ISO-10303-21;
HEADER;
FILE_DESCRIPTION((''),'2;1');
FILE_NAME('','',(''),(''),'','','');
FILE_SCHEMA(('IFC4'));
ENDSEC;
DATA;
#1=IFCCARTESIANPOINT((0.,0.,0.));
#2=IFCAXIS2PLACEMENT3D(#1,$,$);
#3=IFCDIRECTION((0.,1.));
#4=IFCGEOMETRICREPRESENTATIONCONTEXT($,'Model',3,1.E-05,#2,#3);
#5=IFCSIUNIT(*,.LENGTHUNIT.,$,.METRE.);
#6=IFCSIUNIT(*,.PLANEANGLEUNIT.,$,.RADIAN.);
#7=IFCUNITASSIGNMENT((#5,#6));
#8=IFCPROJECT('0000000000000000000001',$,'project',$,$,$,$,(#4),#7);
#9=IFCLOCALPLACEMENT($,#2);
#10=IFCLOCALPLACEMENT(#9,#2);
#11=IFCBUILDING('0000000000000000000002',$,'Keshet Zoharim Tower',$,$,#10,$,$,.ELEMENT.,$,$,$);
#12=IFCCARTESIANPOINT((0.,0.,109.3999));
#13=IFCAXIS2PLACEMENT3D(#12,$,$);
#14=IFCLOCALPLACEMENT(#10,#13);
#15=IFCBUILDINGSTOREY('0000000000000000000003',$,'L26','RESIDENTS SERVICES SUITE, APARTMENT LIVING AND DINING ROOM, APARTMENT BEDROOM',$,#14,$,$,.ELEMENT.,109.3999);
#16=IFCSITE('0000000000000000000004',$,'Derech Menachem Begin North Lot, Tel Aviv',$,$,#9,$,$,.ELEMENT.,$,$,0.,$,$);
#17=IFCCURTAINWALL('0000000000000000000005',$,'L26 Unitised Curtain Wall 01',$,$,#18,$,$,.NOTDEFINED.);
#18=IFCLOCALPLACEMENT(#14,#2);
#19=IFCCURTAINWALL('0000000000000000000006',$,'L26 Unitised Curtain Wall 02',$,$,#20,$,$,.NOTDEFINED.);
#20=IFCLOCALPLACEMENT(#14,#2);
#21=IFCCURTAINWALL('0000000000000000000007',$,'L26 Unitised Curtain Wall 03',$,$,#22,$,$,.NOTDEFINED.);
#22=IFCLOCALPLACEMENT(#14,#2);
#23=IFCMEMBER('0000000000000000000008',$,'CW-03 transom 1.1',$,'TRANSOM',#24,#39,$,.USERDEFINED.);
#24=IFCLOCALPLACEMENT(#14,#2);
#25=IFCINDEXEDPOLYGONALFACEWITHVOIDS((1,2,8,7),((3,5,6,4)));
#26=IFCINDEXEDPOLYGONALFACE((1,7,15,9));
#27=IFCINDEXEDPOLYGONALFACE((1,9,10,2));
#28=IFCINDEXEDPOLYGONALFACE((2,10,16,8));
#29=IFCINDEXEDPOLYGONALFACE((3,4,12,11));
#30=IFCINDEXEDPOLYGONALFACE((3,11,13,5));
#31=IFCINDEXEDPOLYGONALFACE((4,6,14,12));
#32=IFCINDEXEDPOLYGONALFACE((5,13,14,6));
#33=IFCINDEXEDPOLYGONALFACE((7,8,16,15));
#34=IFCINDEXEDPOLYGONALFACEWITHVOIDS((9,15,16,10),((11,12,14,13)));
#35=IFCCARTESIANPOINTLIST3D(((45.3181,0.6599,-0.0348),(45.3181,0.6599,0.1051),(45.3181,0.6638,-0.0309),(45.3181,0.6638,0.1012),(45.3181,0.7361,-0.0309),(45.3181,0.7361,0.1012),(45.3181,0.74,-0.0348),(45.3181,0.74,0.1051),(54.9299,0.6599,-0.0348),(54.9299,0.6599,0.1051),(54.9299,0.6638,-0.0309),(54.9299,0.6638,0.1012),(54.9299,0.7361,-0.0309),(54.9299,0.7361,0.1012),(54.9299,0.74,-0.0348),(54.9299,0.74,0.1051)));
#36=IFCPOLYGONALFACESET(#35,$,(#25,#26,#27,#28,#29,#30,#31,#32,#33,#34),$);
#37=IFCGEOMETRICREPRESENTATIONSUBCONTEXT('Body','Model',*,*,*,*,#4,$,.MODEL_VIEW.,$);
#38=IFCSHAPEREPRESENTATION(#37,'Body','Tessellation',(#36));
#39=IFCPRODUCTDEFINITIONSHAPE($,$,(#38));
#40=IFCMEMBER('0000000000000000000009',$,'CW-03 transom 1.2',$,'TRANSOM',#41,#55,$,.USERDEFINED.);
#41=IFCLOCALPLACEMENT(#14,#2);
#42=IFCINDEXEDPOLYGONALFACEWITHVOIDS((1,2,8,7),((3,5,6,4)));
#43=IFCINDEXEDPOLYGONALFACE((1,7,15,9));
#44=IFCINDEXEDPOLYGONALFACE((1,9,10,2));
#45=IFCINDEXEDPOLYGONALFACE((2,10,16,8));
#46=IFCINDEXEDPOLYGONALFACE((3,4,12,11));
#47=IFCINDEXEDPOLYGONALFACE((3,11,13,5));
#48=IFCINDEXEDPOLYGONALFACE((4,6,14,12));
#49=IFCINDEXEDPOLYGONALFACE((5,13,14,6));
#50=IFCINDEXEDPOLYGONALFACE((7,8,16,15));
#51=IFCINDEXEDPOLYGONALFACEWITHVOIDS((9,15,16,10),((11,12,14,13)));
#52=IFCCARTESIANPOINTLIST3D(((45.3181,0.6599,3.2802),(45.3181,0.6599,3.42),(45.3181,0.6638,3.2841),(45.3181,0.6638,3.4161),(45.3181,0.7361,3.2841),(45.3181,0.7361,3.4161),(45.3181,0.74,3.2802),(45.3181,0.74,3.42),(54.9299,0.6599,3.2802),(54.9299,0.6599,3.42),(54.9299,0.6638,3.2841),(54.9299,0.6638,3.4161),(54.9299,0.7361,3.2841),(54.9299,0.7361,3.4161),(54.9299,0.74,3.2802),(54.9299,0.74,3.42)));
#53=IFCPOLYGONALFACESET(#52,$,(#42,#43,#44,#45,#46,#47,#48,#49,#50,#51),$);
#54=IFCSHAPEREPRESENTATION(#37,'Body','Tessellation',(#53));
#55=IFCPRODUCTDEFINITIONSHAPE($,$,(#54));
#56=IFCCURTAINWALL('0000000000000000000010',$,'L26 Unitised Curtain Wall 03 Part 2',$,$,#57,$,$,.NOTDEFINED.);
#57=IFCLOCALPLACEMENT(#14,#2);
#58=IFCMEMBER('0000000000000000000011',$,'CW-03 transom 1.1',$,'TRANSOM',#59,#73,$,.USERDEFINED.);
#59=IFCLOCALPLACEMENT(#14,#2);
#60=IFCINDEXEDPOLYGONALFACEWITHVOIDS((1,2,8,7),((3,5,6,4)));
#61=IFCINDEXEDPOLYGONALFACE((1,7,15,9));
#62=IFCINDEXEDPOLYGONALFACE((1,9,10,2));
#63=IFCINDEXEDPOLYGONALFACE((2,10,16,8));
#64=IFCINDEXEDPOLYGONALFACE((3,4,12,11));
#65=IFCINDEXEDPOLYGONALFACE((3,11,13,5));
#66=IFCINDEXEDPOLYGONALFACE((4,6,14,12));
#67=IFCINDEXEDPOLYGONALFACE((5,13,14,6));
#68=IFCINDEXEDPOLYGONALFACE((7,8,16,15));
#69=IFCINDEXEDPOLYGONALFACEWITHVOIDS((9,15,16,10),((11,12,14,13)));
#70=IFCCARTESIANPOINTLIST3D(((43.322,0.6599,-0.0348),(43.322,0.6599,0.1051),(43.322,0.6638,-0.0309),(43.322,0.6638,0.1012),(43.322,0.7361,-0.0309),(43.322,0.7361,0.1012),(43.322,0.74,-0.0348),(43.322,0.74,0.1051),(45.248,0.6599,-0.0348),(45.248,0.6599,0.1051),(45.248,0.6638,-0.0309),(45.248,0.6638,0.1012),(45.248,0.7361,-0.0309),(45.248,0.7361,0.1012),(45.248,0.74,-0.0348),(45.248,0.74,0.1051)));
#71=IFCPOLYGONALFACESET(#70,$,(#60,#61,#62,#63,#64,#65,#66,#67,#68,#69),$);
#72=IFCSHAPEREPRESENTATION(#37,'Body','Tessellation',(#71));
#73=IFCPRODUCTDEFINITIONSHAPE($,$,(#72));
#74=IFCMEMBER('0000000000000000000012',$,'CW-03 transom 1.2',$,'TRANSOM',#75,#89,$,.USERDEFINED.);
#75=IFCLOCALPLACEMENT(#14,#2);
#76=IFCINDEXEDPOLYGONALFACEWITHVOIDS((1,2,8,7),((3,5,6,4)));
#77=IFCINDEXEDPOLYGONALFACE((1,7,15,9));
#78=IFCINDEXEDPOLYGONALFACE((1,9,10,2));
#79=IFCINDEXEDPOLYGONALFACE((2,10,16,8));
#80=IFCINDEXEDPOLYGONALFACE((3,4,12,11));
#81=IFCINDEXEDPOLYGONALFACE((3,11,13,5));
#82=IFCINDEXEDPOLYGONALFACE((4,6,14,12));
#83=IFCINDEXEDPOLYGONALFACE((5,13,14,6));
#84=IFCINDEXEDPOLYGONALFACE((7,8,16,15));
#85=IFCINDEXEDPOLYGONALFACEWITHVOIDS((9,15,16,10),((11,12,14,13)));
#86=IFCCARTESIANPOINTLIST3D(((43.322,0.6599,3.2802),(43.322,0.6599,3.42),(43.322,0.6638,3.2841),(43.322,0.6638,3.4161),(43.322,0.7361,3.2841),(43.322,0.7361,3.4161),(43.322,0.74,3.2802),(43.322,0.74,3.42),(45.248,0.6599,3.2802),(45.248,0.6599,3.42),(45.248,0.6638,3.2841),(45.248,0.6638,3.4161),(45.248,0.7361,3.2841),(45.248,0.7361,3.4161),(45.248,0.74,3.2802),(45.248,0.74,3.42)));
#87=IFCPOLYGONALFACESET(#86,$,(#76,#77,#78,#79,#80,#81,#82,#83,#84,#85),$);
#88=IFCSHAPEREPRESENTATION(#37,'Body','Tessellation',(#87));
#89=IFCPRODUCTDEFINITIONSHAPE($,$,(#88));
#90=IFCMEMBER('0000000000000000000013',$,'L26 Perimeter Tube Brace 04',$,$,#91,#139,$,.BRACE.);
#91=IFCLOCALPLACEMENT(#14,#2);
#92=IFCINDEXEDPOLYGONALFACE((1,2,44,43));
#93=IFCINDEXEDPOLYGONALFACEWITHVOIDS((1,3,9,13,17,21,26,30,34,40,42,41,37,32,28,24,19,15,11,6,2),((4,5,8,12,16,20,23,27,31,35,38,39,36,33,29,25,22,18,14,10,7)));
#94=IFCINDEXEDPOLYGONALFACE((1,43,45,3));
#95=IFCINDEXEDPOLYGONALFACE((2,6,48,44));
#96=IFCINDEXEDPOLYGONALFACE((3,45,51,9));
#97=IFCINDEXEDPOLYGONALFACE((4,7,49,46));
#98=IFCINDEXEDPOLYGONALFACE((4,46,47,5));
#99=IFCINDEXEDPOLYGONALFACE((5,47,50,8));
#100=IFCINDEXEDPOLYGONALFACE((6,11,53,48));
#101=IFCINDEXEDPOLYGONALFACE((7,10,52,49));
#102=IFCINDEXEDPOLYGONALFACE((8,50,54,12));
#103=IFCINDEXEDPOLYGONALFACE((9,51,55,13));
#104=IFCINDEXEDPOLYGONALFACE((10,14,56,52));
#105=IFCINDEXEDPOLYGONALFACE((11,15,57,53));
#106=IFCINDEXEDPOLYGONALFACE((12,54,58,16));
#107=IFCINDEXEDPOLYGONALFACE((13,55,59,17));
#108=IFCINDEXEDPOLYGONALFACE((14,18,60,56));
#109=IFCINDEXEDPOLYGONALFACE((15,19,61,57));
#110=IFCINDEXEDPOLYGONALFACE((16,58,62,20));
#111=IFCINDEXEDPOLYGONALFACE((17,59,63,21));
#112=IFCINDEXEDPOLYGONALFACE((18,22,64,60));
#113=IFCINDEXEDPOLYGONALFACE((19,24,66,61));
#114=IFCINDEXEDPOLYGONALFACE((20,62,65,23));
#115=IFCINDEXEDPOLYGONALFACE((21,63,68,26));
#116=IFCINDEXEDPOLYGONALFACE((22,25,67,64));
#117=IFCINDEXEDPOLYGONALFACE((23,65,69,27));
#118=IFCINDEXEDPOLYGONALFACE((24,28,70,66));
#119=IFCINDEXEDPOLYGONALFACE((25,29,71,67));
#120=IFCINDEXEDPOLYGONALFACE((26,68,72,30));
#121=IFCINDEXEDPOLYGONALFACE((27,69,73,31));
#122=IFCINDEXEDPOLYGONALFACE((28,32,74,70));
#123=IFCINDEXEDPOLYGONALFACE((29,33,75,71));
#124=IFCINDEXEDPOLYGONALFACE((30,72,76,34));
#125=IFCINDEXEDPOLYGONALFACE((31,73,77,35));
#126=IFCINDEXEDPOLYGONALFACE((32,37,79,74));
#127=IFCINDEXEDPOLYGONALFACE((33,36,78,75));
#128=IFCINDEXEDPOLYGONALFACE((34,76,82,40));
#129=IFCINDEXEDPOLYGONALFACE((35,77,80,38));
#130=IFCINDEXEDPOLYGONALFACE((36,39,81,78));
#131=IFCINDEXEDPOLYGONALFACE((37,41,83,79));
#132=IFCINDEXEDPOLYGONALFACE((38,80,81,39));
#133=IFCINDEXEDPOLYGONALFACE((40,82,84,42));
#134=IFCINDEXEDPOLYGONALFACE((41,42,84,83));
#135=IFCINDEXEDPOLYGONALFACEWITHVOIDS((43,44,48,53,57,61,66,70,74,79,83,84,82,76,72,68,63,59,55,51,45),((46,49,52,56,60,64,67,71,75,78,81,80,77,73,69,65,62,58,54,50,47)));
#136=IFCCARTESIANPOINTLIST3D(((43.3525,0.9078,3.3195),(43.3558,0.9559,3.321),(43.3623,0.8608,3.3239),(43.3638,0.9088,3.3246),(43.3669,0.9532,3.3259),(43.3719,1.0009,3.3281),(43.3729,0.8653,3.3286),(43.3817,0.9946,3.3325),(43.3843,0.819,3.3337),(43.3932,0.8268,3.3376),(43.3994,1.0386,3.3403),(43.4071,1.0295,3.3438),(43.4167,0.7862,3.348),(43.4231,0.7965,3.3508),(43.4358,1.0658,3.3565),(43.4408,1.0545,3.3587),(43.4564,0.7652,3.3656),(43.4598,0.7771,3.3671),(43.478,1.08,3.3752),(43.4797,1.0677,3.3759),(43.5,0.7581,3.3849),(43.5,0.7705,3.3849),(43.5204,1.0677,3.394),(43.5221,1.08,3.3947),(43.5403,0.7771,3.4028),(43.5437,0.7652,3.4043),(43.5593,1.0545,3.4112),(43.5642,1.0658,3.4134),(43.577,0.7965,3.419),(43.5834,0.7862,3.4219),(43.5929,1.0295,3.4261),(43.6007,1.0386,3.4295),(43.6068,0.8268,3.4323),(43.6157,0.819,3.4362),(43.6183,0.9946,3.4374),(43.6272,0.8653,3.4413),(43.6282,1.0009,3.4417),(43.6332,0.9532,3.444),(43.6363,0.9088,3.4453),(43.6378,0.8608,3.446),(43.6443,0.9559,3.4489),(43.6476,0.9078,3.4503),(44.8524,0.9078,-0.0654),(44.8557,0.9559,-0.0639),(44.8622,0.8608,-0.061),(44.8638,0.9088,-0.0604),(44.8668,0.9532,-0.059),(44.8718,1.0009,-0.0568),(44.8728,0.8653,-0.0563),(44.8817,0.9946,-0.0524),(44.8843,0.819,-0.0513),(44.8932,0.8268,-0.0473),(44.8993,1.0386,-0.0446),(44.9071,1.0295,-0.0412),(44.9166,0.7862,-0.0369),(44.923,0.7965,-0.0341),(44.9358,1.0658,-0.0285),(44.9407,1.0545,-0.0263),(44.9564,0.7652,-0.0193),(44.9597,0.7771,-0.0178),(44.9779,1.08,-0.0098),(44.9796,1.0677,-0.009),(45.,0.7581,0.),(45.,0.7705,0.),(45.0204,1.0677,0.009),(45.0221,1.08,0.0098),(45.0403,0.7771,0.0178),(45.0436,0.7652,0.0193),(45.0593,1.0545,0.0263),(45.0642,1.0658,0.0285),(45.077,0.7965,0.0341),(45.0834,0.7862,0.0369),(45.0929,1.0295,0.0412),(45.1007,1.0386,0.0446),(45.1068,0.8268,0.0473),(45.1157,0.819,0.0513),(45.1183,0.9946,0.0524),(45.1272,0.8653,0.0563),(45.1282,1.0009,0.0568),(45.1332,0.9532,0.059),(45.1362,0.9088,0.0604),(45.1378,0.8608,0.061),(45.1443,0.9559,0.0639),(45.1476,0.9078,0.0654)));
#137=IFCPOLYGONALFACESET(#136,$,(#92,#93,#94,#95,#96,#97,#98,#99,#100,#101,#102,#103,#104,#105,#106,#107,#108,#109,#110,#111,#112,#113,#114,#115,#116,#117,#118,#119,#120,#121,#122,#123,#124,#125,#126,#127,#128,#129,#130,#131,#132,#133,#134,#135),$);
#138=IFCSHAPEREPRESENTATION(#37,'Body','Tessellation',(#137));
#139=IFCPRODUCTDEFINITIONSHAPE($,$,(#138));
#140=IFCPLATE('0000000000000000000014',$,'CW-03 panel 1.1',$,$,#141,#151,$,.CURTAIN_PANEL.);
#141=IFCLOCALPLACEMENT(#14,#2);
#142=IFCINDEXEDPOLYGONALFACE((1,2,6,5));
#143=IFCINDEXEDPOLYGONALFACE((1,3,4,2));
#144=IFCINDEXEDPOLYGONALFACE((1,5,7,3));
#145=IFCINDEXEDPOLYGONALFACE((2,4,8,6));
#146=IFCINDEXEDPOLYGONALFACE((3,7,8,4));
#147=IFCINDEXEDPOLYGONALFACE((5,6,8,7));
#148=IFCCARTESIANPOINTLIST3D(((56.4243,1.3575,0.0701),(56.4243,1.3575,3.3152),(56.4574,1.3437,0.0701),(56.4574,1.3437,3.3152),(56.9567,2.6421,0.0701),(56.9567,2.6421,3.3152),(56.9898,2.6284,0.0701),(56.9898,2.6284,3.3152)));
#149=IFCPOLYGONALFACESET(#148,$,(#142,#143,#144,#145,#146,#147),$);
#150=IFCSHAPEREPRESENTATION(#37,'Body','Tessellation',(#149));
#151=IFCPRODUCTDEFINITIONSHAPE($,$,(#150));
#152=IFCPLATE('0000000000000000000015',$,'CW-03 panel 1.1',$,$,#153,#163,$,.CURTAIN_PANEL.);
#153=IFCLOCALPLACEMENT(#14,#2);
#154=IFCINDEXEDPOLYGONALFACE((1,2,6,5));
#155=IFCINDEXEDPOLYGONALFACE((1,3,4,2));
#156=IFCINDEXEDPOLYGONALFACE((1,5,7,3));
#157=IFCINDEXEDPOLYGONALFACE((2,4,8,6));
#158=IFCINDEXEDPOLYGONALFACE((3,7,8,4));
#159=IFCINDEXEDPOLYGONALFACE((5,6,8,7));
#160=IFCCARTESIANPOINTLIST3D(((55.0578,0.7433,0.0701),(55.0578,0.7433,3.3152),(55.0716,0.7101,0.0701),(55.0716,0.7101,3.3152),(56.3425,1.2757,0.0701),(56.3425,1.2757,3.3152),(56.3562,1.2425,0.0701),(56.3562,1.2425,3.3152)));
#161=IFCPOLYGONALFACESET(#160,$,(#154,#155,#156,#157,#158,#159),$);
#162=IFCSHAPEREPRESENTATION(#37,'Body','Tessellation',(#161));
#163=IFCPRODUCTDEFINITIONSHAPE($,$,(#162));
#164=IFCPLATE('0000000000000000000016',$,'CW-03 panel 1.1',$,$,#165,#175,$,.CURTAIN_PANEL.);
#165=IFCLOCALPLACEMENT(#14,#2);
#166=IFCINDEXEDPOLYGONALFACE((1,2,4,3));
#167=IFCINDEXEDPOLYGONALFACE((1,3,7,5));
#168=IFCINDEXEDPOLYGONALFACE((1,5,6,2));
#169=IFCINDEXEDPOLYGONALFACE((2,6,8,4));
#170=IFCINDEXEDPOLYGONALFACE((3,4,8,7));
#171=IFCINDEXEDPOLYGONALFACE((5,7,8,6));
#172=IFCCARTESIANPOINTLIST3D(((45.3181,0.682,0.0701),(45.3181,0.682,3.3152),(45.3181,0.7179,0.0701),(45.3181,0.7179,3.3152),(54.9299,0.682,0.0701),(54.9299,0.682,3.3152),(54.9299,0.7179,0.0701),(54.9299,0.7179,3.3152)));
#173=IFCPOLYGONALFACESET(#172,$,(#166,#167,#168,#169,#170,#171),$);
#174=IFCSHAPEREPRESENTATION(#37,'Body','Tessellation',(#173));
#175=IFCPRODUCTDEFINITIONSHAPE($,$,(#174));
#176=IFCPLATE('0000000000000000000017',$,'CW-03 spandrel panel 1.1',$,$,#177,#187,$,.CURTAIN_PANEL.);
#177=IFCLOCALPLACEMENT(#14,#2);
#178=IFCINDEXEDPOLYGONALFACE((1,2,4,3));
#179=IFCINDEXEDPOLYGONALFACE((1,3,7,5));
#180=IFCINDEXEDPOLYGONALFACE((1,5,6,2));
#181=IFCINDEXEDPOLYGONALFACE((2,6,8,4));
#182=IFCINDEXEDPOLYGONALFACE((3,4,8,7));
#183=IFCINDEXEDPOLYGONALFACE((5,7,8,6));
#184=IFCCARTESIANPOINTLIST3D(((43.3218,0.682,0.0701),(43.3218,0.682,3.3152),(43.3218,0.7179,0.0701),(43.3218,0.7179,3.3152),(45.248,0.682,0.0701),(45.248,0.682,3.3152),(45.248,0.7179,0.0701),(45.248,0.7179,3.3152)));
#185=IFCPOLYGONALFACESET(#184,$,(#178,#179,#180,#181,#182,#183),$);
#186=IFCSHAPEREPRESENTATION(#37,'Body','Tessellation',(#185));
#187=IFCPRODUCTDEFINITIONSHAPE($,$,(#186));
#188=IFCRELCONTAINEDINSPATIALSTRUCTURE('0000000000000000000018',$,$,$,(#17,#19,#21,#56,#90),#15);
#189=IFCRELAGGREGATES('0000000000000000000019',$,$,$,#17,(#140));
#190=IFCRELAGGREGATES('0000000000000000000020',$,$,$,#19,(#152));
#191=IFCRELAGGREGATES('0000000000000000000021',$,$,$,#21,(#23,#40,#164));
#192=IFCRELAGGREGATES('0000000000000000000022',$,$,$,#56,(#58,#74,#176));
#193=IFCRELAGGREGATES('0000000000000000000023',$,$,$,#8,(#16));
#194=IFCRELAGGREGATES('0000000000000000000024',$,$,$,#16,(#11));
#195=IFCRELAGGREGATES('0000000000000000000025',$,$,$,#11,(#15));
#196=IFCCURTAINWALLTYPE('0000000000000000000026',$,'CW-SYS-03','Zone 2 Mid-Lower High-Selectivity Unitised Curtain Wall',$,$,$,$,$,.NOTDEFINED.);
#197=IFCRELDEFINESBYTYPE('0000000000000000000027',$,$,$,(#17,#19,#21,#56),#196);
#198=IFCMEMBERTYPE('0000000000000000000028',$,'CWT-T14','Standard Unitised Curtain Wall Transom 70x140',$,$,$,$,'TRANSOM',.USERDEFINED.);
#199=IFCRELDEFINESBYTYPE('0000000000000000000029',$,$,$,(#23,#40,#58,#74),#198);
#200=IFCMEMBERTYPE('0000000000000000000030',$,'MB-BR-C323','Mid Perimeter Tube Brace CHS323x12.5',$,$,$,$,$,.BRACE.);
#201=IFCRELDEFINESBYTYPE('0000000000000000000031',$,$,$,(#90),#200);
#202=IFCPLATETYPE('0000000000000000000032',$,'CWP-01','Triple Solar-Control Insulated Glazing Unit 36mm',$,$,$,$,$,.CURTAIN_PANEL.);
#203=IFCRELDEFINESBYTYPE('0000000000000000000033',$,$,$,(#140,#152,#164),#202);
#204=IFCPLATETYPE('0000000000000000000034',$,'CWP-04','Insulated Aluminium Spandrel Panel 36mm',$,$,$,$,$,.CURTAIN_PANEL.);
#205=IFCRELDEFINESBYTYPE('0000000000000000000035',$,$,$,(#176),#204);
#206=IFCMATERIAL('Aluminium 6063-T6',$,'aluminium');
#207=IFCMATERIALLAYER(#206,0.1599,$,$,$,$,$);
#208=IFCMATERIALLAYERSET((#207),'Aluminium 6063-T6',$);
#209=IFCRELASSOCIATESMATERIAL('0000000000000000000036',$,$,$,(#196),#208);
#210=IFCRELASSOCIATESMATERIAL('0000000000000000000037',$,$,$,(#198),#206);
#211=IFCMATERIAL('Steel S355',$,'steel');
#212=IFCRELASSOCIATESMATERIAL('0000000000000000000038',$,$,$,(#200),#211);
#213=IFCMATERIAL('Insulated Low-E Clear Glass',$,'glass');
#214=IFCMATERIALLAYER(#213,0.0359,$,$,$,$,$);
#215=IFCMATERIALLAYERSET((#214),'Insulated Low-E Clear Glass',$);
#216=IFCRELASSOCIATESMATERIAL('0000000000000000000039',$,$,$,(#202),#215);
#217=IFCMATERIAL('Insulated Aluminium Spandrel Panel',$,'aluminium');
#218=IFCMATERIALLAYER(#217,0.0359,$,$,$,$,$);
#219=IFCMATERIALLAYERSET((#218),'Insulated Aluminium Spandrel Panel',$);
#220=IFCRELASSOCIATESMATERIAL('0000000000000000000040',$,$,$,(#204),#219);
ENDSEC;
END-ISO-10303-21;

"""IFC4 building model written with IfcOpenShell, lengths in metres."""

from ifc_helpers import new_model, si_unit, direction, frame, origin, origin_2d, place, context, subcontext, project, spatial, rectangle, hollow_rectangle, hollow_circle, extrude, material, layer, layer_set, material_profile, profile_set, type_object, element, aggregate, save


model = new_model("IFC4")

# Units and contexts
model_context = context("Model", 3, precision=1e-05, world=origin(), true_north=direction((0.0, 1.0)))
body_context = subcontext(model_context, "Body", "Model", "MODEL_VIEW")
ifc_project = project(units=[si_unit("LENGTHUNIT", "METRE"), si_unit("PLANEANGLEUNIT", "RADIAN")], contexts=[model_context])

# Site, building, storey
site_placement = place(None, origin())
site = spatial("IfcSite", under=ifc_project, at=site_placement, Name="Derech Menachem Begin North Lot, Tel Aviv", CompositionType="ELEMENT", RefElevation=0.0)
building_placement = place(site_placement, origin())
building = spatial("IfcBuilding", under=site, at=building_placement, Name="Keshet Zoharim Tower", CompositionType="ELEMENT")
storey_placement = place(building_placement, frame((0.0, 0.0, 109.3999)))
storey = spatial("IfcBuildingStorey", under=building, at=storey_placement, Name="L26", Description="RESIDENTS SERVICES SUITE, APARTMENT LIVING AND DINING ROOM, APARTMENT BEDROOM", CompositionType="ELEMENT", Elevation=109.3999)

# Shared definitions
ifc_material_1 = material(Name="Steel S355", Category="steel")

# Curtain walls
ifc_material_2 = material(Name="Aluminium 6063-T6", Category="aluminium")
ifc_layer_1 = layer(ifc_material_2, 0.1599)
ifc_layer_set_1 = layer_set([ifc_layer_1], Name="Aluminium 6063-T6")
curtain_wall_type = type_object("IfcCurtainWallType", Name="CW-SYS-03", Description="Zone 2 Mid-Lower High-Selectivity Unitised Curtain Wall", PredefinedType="NOTDEFINED", material=ifc_layer_set_1)
curtain_wall_1_placement = place(storey_placement, origin())
curtain_wall_1 = element("IfcCurtainWall", 1, at=curtain_wall_1_placement, inside=storey, type_object=curtain_wall_type, Name="L26 Unitised Curtain Wall 01", PredefinedType="NOTDEFINED")
curtain_wall_2_placement = place(storey_placement, origin())
curtain_wall_2 = element("IfcCurtainWall", 2, at=curtain_wall_2_placement, inside=storey, type_object=curtain_wall_type, Name="L26 Unitised Curtain Wall 02", PredefinedType="NOTDEFINED")
curtain_wall_3_placement = place(storey_placement, origin())
curtain_wall_3 = element("IfcCurtainWall", 3, at=curtain_wall_3_placement, inside=storey, type_object=curtain_wall_type, Name="L26 Unitised Curtain Wall 03", PredefinedType="NOTDEFINED")

# Members
ifc_material_profile_1 = material_profile(ifc_material_2, hollow_rectangle(XDim=0.0801, YDim=0.1399, WallThickness=0.0039, at=origin_2d()), Name="TRN-80x140")
ifc_profile_set_1 = profile_set([ifc_material_profile_1], Name="Aluminium 6063-T6")
member_type_1 = type_object("IfcMemberType", Name="CWT-T14", Description="Standard Unitised Curtain Wall Transom 70x140", ElementType="TRANSOM", PredefinedType="USERDEFINED", material=ifc_profile_set_1)
member_1_placement = place(storey_placement, frame((54.9299, 0.7, 0.0352), z_axis=(-1.0, 0.0, 0.0), x_axis=(0.0, -1.0, 0.0)))
member_1 = element("IfcMember", 4, at=member_1_placement, type_object=member_type_1, Name="CW-03 transom 1.1", ObjectType="TRANSOM", PredefinedType="USERDEFINED", context=body_context, shape_type="SweptSolid", body=[
    extrude(hollow_rectangle(XDim=0.0801, YDim=0.1399, WallThickness=0.0039, at=origin_2d()), origin(), (0.0, 0.0, 1.0), 9.6118),
])
member_2_placement = place(storey_placement, frame((54.9299, 0.7, 3.3501), z_axis=(-1.0, 0.0, 0.0), x_axis=(0.0, -1.0, 0.0)))
member_2 = element("IfcMember", 5, at=member_2_placement, type_object=member_type_1, Name="CW-03 transom 1.2", ObjectType="TRANSOM", PredefinedType="USERDEFINED", context=body_context, shape_type="SweptSolid", body=[
    extrude(hollow_rectangle(XDim=0.0801, YDim=0.1399, WallThickness=0.0039, at=origin_2d()), origin(), (0.0, 0.0, 1.0), 9.6118),
])

# Curtain wall, members
curtain_wall_4_placement = place(storey_placement, origin())
curtain_wall_4 = element("IfcCurtainWall", 6, at=curtain_wall_4_placement, inside=storey, type_object=curtain_wall_type, Name="L26 Unitised Curtain Wall 03 Part 2", PredefinedType="NOTDEFINED")
member_3_placement = place(storey_placement, frame((45.248, 0.7, 0.0352), z_axis=(-1.0, 0.0, 0.0), x_axis=(0.0, -1.0, 0.0)))
member_3 = element("IfcMember", 7, at=member_3_placement, type_object=member_type_1, Name="CW-03 transom 1.1", ObjectType="TRANSOM", PredefinedType="USERDEFINED", context=body_context, shape_type="SweptSolid", body=[
    extrude(hollow_rectangle(XDim=0.0801, YDim=0.1399, WallThickness=0.0039, at=origin_2d()), origin(), (0.0, 0.0, 1.0), 1.926),
])
member_4_placement = place(storey_placement, frame((45.248, 0.7, 3.3501), z_axis=(-1.0, 0.0, 0.0), x_axis=(0.0, -1.0, 0.0)))
member_4 = element("IfcMember", 8, at=member_4_placement, type_object=member_type_1, Name="CW-03 transom 1.2", ObjectType="TRANSOM", PredefinedType="USERDEFINED", context=body_context, shape_type="SweptSolid", body=[
    extrude(hollow_rectangle(XDim=0.0801, YDim=0.1399, WallThickness=0.0039, at=origin_2d()), origin(), (0.0, 0.0, 1.0), 1.926),
])

# Member
ifc_material_profile_2 = material_profile(ifc_material_1, hollow_circle(Radius=0.1619, WallThickness=0.0125, at=origin_2d()), Name="CHS323x12.5")
ifc_profile_set_2 = profile_set([ifc_material_profile_2], Name="Steel S355")
member_type_2 = type_object("IfcMemberType", Name="MB-BR-C323", Description="Mid Perimeter Tube Brace CHS323x12.5", PredefinedType="BRACE", material=ifc_profile_set_2)
member_5_placement = place(storey_placement, frame((45.0, 0.9199, 0.0), z_axis=(-0.405135, 0.0, 0.914257), x_axis=(0.0, -1.0, 0.0)))
element("IfcMember", 9, at=member_5_placement, inside=storey, type_object=member_type_2, Name="L26 Perimeter Tube Brace 04", PredefinedType="BRACE", context=body_context, shape_type="SweptSolid", body=[
    extrude(hollow_circle(Radius=0.1619, WallThickness=0.0125, at=origin_2d()), origin(), (0.0, 0.0, 1.0), 3.7024),
])

# Plates
ifc_material_3 = material(Name="Insulated Low-E Clear Glass", Category="glass")
ifc_layer_2 = layer(ifc_material_3, 0.0359)
ifc_layer_set_2 = layer_set([ifc_layer_2], Name="Insulated Low-E Clear Glass")
plate_type_1 = type_object("IfcPlateType", Name="CWP-01", Description="Triple Solar-Control Insulated Glazing Unit 36mm", PredefinedType="CURTAIN_PANEL", material=ifc_layer_set_2)
plate_1_placement = place(storey_placement, frame((56.707, 1.9929, 0.0701), z_axis=(0.0, 0.0, 1.0), x_axis=(-0.382852, -0.92381, 0.0)))
plate_1 = element("IfcPlate", 10, at=plate_1_placement, type_object=plate_type_1, Name="CW-03 panel 1.1", PredefinedType="CURTAIN_PANEL", context=body_context, shape_type="SweptSolid", body=[
    extrude(rectangle(XDim=1.3906, YDim=0.0359, at=origin_2d()), origin(), (0.0, 0.0, 1.0), 3.2451),
])
aggregate(curtain_wall_1, [plate_1])
plate_2_placement = place(storey_placement, frame((55.707, 0.9929, 0.0701), z_axis=(0.0, 0.0, 1.0), x_axis=(-0.92381, -0.382852, 0.0)))
plate_2 = element("IfcPlate", 11, at=plate_2_placement, type_object=plate_type_1, Name="CW-03 panel 1.1", PredefinedType="CURTAIN_PANEL", context=body_context, shape_type="SweptSolid", body=[
    extrude(rectangle(XDim=1.3906, YDim=0.0359, at=origin_2d()), origin(), (0.0, 0.0, 1.0), 3.2451),
])
aggregate(curtain_wall_2, [plate_2])
plate_3_placement = place(storey_placement, frame((50.124, 0.7, 0.0701), z_axis=(0.0, 0.0, 1.0), x_axis=(-1.0, 0.0, 0.0)))
plate_3 = element("IfcPlate", 12, at=plate_3_placement, type_object=plate_type_1, Name="CW-03 panel 1.1", PredefinedType="CURTAIN_PANEL", context=body_context, shape_type="SweptSolid", body=[
    extrude(rectangle(XDim=9.6118, YDim=0.0359, at=origin_2d()), origin(), (0.0, 0.0, 1.0), 3.2451),
])
aggregate(curtain_wall_3, [member_1, member_2, plate_3])
ifc_material_4 = material(Name="Insulated Aluminium Spandrel Panel", Category="aluminium")
ifc_layer_3 = layer(ifc_material_4, 0.0359)
ifc_layer_set_3 = layer_set([ifc_layer_3], Name="Insulated Aluminium Spandrel Panel")
plate_type_2 = type_object("IfcPlateType", Name="CWP-04", Description="Insulated Aluminium Spandrel Panel 36mm", PredefinedType="CURTAIN_PANEL", material=ifc_layer_set_3)
plate_4_placement = place(storey_placement, frame((44.2849, 0.7, 0.0701), z_axis=(0.0, 0.0, 1.0), x_axis=(-1.0, 0.0, 0.0)))
plate_4 = element("IfcPlate", 13, at=plate_4_placement, type_object=plate_type_2, Name="CW-03 spandrel panel 1.1", PredefinedType="CURTAIN_PANEL", context=body_context, shape_type="SweptSolid", body=[
    extrude(rectangle(XDim=1.9263, YDim=0.0359, at=origin_2d()), origin(), (0.0, 0.0, 1.0), 3.2451),
])
aggregate(curtain_wall_4, [member_3, member_4, plate_4])

save(model, "model.ifc")
